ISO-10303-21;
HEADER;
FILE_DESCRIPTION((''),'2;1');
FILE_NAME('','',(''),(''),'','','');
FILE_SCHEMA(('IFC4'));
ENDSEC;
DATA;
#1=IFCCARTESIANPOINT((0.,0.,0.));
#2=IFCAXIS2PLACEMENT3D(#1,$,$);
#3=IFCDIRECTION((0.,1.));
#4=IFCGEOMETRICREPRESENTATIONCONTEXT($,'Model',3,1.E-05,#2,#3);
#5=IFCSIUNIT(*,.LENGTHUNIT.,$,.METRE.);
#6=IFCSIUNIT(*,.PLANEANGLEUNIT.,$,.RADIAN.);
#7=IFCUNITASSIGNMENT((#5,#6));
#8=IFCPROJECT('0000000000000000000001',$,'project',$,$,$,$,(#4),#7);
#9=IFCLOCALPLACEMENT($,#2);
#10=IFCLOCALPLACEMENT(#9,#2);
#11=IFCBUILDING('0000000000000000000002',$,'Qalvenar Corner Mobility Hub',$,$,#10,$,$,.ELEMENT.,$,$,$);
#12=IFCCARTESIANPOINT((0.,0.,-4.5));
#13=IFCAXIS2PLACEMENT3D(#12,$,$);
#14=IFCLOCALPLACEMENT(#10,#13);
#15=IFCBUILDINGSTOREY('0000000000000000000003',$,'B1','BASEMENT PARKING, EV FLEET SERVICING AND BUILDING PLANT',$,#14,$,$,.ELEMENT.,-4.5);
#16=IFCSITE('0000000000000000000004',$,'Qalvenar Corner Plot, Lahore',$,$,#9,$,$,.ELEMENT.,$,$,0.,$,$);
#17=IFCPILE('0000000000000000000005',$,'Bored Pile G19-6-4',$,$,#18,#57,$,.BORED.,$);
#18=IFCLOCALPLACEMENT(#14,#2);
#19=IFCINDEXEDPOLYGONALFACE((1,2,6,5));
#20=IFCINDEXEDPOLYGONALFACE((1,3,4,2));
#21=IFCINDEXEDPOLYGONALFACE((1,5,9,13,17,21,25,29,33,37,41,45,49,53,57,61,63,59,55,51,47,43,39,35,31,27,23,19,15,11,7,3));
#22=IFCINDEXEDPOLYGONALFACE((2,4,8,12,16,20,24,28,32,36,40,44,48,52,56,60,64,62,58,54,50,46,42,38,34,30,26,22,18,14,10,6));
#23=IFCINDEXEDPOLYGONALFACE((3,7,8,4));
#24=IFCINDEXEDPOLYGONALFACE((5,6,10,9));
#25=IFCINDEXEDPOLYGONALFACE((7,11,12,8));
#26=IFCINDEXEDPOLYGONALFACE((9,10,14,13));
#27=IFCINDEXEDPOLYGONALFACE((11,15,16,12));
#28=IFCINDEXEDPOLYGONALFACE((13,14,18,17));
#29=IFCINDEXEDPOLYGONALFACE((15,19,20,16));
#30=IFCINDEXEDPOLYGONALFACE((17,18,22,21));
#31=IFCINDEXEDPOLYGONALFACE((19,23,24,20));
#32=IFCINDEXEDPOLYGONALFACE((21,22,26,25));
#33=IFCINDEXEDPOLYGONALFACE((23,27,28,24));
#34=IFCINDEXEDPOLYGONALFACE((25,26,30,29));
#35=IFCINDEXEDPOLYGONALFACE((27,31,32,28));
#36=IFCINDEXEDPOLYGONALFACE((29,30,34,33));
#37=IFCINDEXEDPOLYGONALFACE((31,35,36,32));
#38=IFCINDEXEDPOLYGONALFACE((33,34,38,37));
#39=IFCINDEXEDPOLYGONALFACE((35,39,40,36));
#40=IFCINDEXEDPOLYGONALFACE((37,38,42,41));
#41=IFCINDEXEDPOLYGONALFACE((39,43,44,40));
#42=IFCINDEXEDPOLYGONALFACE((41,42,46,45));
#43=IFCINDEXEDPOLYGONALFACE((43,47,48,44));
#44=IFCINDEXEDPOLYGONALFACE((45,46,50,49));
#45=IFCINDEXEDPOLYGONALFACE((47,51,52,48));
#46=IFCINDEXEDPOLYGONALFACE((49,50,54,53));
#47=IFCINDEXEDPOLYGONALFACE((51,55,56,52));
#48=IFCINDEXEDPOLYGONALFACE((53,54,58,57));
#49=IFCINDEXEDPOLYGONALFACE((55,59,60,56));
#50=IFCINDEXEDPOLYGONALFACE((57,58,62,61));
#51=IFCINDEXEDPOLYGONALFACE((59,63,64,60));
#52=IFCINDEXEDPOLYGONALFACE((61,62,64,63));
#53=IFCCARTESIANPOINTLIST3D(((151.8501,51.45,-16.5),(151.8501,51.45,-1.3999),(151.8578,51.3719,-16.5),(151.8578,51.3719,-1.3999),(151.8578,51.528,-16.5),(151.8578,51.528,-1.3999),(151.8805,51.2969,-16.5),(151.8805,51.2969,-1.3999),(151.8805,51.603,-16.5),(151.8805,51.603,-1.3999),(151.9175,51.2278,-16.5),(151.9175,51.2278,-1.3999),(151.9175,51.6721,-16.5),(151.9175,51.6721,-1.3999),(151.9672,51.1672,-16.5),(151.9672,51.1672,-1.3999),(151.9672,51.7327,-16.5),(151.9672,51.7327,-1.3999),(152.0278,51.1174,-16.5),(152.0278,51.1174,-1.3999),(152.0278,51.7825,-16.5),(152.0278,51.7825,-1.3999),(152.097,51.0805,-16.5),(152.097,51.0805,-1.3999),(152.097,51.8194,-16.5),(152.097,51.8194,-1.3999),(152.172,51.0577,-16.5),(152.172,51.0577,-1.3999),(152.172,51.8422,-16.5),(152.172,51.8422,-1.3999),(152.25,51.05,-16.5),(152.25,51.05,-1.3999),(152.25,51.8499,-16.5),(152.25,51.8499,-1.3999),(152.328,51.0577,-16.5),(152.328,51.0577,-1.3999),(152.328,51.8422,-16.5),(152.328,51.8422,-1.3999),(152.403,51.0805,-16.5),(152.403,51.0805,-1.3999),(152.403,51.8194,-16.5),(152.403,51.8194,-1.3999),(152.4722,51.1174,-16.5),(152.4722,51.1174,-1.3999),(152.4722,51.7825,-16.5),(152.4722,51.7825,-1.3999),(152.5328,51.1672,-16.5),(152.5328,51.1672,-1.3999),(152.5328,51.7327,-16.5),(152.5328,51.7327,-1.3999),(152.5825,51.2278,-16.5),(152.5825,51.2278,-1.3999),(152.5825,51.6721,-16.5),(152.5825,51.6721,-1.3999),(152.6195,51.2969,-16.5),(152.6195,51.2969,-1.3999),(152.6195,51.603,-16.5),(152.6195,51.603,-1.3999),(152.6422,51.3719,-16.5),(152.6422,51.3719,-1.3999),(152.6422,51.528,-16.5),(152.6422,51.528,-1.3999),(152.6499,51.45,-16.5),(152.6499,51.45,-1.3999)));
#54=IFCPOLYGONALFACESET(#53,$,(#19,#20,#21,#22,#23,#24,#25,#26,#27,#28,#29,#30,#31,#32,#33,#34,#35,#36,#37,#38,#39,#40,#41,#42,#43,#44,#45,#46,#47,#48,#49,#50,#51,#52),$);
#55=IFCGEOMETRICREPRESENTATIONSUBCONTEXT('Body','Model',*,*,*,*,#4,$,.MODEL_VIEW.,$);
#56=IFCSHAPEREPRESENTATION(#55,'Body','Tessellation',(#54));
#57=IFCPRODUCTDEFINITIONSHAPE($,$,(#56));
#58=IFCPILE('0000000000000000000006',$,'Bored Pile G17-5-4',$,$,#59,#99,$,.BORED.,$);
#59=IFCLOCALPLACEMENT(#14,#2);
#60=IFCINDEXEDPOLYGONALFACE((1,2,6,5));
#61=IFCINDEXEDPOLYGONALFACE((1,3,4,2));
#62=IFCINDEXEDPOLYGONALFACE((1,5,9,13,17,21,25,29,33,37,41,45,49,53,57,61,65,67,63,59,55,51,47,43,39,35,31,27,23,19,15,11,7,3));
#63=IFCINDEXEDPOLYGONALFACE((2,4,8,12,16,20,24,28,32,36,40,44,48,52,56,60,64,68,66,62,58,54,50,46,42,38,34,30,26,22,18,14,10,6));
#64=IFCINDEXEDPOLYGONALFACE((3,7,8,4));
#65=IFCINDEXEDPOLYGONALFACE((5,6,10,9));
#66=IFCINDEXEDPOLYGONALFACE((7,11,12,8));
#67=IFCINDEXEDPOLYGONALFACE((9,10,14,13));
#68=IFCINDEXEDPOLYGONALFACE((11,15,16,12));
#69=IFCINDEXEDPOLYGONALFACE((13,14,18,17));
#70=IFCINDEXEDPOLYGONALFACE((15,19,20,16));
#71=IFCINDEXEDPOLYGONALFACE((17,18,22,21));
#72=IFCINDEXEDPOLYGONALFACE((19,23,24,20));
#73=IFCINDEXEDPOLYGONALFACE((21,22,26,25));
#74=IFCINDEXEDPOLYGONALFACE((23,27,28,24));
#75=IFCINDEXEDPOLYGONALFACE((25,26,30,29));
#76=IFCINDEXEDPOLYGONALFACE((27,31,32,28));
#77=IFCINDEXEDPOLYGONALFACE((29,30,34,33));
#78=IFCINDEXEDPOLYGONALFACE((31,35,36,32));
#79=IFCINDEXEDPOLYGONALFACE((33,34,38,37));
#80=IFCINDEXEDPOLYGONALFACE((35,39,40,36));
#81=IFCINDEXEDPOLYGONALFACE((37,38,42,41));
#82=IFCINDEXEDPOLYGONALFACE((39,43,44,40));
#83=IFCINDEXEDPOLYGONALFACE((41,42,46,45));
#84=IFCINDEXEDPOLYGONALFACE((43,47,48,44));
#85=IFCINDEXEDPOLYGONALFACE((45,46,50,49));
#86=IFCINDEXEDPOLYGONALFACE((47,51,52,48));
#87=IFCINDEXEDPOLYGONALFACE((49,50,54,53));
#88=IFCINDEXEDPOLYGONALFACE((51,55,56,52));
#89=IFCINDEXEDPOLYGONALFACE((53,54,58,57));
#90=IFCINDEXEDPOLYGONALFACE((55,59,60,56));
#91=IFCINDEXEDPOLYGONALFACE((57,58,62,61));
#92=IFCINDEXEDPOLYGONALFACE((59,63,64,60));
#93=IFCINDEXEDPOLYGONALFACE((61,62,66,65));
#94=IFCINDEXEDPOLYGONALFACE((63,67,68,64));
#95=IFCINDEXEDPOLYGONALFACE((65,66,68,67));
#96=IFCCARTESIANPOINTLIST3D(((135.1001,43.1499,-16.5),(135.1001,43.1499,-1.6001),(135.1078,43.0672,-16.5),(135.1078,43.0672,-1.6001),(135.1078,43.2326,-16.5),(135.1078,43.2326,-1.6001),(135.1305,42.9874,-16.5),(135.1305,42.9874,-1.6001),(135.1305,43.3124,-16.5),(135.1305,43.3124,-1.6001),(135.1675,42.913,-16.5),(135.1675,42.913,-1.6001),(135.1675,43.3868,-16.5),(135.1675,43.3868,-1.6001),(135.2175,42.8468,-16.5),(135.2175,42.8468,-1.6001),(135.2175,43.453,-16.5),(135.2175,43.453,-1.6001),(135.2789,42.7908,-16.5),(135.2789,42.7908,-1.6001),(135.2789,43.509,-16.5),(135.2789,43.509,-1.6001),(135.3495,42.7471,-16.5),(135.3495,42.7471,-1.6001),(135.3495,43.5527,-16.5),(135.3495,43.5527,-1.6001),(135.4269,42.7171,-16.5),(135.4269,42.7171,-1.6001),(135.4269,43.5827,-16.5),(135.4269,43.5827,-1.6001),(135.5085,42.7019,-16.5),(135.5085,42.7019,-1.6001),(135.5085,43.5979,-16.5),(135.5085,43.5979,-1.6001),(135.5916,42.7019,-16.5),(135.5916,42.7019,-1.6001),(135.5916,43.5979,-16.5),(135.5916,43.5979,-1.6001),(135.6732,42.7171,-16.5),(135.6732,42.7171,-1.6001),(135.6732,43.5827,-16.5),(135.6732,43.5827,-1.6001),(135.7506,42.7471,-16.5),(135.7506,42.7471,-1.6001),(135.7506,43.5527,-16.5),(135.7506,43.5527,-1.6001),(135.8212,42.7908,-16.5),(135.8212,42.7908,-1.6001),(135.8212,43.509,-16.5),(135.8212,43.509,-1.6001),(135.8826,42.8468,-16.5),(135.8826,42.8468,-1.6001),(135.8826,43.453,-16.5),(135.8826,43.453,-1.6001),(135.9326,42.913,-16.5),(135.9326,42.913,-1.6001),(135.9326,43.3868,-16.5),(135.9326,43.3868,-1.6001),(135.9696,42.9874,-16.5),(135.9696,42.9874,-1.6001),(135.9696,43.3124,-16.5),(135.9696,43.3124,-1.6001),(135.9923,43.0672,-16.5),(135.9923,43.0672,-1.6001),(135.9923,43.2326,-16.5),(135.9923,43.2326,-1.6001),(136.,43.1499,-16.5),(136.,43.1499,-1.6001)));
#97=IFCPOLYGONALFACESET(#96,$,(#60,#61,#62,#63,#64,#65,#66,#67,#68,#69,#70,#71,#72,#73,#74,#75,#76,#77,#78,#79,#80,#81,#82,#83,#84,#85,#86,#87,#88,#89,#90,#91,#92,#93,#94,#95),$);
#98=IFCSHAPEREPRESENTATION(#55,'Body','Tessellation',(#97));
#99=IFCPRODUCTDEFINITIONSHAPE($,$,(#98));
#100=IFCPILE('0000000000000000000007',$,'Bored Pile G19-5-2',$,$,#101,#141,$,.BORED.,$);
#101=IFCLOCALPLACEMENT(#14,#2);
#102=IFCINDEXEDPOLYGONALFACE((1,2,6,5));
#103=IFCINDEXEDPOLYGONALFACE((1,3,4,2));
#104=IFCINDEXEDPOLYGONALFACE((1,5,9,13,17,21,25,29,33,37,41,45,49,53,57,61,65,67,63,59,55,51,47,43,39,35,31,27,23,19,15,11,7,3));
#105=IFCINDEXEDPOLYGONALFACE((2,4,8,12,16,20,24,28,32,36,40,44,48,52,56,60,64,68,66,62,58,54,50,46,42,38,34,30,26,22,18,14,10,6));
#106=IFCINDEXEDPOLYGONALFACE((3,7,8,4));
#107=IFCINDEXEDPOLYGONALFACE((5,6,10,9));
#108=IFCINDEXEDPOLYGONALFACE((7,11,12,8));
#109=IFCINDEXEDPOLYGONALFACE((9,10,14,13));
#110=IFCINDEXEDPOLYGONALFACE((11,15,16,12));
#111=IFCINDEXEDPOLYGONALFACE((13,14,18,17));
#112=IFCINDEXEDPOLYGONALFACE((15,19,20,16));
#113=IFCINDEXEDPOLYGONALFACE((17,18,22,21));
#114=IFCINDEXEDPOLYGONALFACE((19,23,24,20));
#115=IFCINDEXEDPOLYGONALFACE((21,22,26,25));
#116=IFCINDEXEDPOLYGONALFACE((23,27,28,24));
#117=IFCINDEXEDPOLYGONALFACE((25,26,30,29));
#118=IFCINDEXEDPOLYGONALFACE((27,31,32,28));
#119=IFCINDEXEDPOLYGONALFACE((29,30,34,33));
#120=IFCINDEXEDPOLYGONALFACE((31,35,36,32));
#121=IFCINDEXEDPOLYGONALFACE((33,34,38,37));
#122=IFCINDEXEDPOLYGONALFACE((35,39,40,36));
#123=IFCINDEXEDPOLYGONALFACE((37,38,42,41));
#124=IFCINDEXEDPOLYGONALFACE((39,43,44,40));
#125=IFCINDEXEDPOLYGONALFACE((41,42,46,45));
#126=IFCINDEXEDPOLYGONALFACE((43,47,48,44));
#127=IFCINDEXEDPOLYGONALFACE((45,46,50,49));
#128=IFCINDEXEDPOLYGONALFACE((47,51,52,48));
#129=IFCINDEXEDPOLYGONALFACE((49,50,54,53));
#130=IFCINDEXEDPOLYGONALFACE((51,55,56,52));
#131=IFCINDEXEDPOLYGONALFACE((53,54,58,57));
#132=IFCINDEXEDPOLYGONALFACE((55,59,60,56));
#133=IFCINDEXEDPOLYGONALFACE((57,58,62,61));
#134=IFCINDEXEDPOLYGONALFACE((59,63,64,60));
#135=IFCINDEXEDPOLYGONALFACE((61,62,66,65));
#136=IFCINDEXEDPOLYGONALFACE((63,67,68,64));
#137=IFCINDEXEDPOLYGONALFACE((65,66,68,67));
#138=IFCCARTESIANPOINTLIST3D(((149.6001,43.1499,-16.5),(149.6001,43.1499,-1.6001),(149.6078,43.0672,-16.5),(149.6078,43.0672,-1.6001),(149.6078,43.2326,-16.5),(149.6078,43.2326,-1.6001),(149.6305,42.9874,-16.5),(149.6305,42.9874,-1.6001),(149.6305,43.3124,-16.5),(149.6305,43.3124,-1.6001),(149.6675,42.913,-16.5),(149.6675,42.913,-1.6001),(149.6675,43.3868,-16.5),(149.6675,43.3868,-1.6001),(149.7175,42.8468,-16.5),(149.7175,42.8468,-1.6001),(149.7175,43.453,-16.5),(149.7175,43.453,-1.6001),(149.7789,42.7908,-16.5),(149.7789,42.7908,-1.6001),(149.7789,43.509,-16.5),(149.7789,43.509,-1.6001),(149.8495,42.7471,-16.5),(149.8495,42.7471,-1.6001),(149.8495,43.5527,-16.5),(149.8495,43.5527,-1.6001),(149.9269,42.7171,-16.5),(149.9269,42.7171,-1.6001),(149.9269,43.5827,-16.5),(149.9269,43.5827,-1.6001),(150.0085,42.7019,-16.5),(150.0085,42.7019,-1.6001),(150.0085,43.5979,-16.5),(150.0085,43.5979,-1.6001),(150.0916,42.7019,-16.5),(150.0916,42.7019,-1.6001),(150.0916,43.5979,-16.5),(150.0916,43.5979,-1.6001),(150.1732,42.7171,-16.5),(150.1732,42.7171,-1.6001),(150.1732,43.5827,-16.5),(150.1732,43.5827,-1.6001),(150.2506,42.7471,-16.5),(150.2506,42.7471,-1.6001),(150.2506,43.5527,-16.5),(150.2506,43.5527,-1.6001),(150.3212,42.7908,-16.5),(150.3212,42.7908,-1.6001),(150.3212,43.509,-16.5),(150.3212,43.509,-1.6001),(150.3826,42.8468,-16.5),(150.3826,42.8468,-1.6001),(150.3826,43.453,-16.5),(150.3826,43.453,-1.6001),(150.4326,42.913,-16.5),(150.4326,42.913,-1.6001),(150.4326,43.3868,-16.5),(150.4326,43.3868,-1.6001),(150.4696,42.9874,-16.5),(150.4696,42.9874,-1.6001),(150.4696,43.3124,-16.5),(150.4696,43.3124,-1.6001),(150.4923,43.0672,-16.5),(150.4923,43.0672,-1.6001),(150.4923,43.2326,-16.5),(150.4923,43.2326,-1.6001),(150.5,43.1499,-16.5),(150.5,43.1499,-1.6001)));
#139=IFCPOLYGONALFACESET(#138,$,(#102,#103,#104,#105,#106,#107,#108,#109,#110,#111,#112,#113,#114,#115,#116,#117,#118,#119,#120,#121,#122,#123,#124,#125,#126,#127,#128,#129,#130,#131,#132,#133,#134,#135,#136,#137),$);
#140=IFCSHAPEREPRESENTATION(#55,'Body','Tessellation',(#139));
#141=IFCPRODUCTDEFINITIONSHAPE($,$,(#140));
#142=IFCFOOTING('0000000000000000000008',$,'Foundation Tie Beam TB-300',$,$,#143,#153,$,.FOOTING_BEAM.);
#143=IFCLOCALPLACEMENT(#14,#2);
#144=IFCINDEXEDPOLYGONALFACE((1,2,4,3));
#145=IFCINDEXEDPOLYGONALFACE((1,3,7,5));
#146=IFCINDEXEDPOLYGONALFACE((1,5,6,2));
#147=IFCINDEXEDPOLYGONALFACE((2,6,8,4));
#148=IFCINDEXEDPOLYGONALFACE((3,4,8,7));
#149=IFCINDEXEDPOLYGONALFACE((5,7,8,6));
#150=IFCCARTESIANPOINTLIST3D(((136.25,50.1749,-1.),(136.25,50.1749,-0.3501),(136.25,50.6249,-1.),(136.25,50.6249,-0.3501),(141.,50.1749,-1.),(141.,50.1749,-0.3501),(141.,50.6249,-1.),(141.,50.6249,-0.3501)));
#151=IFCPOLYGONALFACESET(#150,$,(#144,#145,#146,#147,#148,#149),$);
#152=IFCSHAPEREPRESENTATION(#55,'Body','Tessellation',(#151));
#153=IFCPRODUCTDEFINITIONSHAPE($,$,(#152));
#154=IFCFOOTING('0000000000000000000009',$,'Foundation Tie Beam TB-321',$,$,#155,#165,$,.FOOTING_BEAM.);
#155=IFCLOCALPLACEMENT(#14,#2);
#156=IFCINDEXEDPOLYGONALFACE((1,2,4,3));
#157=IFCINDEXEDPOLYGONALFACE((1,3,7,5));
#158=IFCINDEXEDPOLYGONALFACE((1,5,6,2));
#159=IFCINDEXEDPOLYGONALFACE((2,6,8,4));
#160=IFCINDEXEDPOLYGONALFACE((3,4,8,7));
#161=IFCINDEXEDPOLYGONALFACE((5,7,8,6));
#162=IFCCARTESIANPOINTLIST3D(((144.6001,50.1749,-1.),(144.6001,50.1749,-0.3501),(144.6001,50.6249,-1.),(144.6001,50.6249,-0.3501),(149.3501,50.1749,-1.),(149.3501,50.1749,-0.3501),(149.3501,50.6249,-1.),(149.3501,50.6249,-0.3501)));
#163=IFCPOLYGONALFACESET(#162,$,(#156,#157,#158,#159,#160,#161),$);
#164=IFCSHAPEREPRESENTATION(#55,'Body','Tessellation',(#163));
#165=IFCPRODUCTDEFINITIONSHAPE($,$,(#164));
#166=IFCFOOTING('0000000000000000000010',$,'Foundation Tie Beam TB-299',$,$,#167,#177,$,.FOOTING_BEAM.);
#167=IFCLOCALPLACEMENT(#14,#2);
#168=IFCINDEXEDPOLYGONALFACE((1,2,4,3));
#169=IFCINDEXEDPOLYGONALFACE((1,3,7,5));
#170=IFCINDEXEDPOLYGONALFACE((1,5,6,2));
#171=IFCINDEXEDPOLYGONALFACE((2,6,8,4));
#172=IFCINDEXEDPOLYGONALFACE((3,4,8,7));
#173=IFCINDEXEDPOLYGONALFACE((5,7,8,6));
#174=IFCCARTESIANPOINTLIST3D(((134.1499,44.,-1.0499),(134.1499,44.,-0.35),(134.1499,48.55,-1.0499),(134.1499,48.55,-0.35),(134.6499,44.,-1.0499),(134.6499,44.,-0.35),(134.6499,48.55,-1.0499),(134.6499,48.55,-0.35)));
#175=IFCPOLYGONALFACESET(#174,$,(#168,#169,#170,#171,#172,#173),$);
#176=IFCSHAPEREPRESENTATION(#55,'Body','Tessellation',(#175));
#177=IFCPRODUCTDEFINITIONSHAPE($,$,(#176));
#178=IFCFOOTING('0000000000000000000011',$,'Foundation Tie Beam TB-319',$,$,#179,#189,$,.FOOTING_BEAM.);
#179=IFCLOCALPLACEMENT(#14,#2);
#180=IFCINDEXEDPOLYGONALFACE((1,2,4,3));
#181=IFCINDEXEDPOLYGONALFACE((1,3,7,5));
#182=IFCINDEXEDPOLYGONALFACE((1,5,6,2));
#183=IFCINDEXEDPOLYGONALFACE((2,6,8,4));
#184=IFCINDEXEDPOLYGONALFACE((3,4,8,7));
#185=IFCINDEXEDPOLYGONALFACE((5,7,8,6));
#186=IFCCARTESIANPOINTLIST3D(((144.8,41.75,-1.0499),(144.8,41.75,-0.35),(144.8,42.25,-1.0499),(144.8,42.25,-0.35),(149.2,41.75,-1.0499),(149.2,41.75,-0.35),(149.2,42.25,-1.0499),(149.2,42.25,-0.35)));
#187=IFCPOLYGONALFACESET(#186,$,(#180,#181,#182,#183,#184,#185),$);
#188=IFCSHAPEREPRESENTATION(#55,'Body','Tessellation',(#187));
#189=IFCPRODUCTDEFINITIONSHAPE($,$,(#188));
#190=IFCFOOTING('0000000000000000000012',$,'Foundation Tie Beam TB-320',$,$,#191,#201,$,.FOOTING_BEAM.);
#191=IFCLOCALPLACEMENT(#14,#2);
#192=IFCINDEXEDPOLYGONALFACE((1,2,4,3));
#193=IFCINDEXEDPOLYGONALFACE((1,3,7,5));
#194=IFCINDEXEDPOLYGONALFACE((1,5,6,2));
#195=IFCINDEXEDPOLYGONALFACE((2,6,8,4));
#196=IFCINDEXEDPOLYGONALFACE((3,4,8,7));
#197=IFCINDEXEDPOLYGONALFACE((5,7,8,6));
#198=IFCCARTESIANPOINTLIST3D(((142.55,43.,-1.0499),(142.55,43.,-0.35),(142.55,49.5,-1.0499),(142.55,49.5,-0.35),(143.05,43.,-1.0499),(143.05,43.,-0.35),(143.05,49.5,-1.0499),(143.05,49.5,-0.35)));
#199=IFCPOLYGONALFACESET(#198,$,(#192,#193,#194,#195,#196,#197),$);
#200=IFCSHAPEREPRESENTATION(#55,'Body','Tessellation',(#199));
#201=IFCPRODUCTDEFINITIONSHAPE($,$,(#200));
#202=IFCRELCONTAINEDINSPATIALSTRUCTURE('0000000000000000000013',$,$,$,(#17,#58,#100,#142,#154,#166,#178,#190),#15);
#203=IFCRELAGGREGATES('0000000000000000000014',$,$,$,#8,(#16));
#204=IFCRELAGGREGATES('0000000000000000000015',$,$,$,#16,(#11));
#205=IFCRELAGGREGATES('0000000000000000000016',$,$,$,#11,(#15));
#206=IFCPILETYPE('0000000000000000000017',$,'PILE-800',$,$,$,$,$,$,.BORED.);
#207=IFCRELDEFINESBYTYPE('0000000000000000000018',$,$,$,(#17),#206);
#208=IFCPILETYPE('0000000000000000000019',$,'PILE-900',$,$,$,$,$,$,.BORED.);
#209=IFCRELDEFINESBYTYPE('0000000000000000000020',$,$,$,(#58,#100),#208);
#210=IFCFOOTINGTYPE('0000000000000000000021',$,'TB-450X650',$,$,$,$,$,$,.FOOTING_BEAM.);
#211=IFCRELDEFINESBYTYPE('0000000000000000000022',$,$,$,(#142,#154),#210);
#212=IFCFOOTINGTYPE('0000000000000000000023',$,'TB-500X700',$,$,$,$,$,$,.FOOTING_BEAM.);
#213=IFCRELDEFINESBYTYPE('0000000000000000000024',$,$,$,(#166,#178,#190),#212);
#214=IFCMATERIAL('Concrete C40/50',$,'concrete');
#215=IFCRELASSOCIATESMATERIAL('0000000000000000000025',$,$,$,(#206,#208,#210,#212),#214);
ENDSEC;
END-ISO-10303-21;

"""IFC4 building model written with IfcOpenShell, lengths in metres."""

from ifc_helpers import new_model, si_unit, direction, frame, origin, origin_2d, place, context, subcontext, project, spatial, rectangle, circle, extrude, material, material_profile, profile_set, type_object, element, save


model = new_model("IFC4")

# Units and contexts
model_context = context("Model", 3, precision=1e-05, world=origin(), true_north=direction((0.0, 1.0)))
body_context = subcontext(model_context, "Body", "Model", "MODEL_VIEW")
ifc_project = project(units=[si_unit("LENGTHUNIT", "METRE"), si_unit("PLANEANGLEUNIT", "RADIAN")], contexts=[model_context])

# Site, building, storey
site_placement = place(None, origin())
site = spatial("IfcSite", under=ifc_project, at=site_placement, Name="Qalvenar Corner Plot, Lahore", CompositionType="ELEMENT", RefElevation=0.0)
building_placement = place(site_placement, origin())
building = spatial("IfcBuilding", under=site, at=building_placement, Name="Qalvenar Corner Mobility Hub", CompositionType="ELEMENT")
storey_placement = place(building_placement, frame((0.0, 0.0, -4.5)))
storey = spatial("IfcBuildingStorey", under=building, at=storey_placement, Name="B1", Description="BASEMENT PARKING, EV FLEET SERVICING AND BUILDING PLANT", CompositionType="ELEMENT", Elevation=-4.5)

# Shared definitions
ifc_material_1 = material(Name="Concrete C40/50", Category="concrete")

# Piles
ifc_material_profile_1 = material_profile(ifc_material_1, circle(Radius=0.3999, at=origin_2d()), Name="DIA800")
ifc_profile_set_1 = profile_set([ifc_material_profile_1], Name="Concrete C40/50")
pile_type_1 = type_object("IfcPileType", Name="PILE-800", PredefinedType="BORED", material=ifc_profile_set_1)
for number, where, z_axis, x_axis, name in (
    (1, (152.25, 51.45, -1.3999), (0.0, 0.0, -1.0), (1.0, 0.0, 0.0), "Bored Pile G19-6-4"),
):
    element("IfcPile", number, at=place(storey_placement, frame(where, z_axis=z_axis, x_axis=x_axis)), inside=storey, type_object=pile_type_1, Name=name, PredefinedType="BORED", context=body_context, shape_type="SweptSolid", body=[
        extrude(circle(Radius=0.3999, at=origin_2d()), origin(), (0.0, 0.0, 1.0), 15.1001),
    ])
ifc_material_profile_2 = material_profile(ifc_material_1, circle(Radius=0.45, at=origin_2d()), Name="DIA900")
ifc_profile_set_2 = profile_set([ifc_material_profile_2], Name="Concrete C40/50")
pile_type_2 = type_object("IfcPileType", Name="PILE-900", PredefinedType="BORED", material=ifc_profile_set_2)
for number, where, z_axis, x_axis, name in (
    (2, (135.55, 43.1499, -1.6001), (0.0, 0.0, -1.0), (1.0, 0.0, 0.0), "Bored Pile G17-5-4"),
    (3, (150.05, 43.1499, -1.6001), (0.0, 0.0, -1.0), (1.0, 0.0, 0.0), "Bored Pile G19-5-2"),
):
    element("IfcPile", number, at=place(storey_placement, frame(where, z_axis=z_axis, x_axis=x_axis)), inside=storey, type_object=pile_type_2, Name=name, PredefinedType="BORED", context=body_context, shape_type="SweptSolid", body=[
        extrude(circle(Radius=0.45, at=origin_2d()), origin(), (0.0, 0.0, 1.0), 14.8999),
    ])

# Footings
ifc_material_profile_3 = material_profile(ifc_material_1, rectangle(XDim=0.45, YDim=0.6499, at=origin_2d()), Name="RC450x650")
ifc_profile_set_3 = profile_set([ifc_material_profile_3], Name="Concrete C40/50")
footing_type_1 = type_object("IfcFootingType", Name="TB-450X650", PredefinedType="FOOTING_BEAM", material=ifc_profile_set_3)
for number, where, z_axis, x_axis, name in (
    (4, (136.25, 50.3999, -0.675), (1.0, 0.0, 0.0), (0.0, 1.0, 0.0), "Foundation Tie Beam TB-300"),
    (5, (144.6001, 50.3999, -0.675), (1.0, 0.0, 0.0), (0.0, 1.0, 0.0), "Foundation Tie Beam TB-321"),
):
    element("IfcFooting", number, at=place(storey_placement, frame(where, z_axis=z_axis, x_axis=x_axis)), inside=storey, type_object=footing_type_1, Name=name, PredefinedType="FOOTING_BEAM", context=body_context, shape_type="SweptSolid", body=[
        extrude(rectangle(XDim=0.45, YDim=0.6499, at=origin_2d()), origin(), (0.0, 0.0, 1.0), 4.75),
    ])
ifc_material_profile_4 = material_profile(ifc_material_1, rectangle(XDim=0.5, YDim=0.7, at=origin_2d()), Name="RC500x700")
ifc_profile_set_4 = profile_set([ifc_material_profile_4], Name="Concrete C40/50")
footing_type_2 = type_object("IfcFootingType", Name="TB-500X700", PredefinedType="FOOTING_BEAM", material=ifc_profile_set_4)
footing_1_placement = place(storey_placement, frame((134.3999, 44.0, -0.7), z_axis=(0.0, 1.0, 0.0), x_axis=(-1.0, 0.0, 0.0)))
element("IfcFooting", 6, at=footing_1_placement, inside=storey, type_object=footing_type_2, Name="Foundation Tie Beam TB-299", PredefinedType="FOOTING_BEAM", context=body_context, shape_type="SweptSolid", body=[
    extrude(rectangle(XDim=0.5, YDim=0.7, at=origin_2d()), origin(), (0.0, 0.0, 1.0), 4.55),
])
footing_2_placement = place(storey_placement, frame((144.8, 42.0, -0.7), z_axis=(1.0, 0.0, 0.0), x_axis=(0.0, 1.0, 0.0)))
element("IfcFooting", 7, at=footing_2_placement, inside=storey, type_object=footing_type_2, Name="Foundation Tie Beam TB-319", PredefinedType="FOOTING_BEAM", context=body_context, shape_type="SweptSolid", body=[
    extrude(rectangle(XDim=0.5, YDim=0.7, at=origin_2d()), origin(), (0.0, 0.0, 1.0), 4.3999),
])
footing_3_placement = place(storey_placement, frame((142.8, 43.0, -0.7), z_axis=(0.0, 1.0, 0.0), x_axis=(-1.0, 0.0, 0.0)))
element("IfcFooting", 8, at=footing_3_placement, inside=storey, type_object=footing_type_2, Name="Foundation Tie Beam TB-320", PredefinedType="FOOTING_BEAM", context=body_context, shape_type="SweptSolid", body=[
    extrude(rectangle(XDim=0.5, YDim=0.7, at=origin_2d()), origin(), (0.0, 0.0, 1.0), 6.5),
])

save(model, "model.ifc")
